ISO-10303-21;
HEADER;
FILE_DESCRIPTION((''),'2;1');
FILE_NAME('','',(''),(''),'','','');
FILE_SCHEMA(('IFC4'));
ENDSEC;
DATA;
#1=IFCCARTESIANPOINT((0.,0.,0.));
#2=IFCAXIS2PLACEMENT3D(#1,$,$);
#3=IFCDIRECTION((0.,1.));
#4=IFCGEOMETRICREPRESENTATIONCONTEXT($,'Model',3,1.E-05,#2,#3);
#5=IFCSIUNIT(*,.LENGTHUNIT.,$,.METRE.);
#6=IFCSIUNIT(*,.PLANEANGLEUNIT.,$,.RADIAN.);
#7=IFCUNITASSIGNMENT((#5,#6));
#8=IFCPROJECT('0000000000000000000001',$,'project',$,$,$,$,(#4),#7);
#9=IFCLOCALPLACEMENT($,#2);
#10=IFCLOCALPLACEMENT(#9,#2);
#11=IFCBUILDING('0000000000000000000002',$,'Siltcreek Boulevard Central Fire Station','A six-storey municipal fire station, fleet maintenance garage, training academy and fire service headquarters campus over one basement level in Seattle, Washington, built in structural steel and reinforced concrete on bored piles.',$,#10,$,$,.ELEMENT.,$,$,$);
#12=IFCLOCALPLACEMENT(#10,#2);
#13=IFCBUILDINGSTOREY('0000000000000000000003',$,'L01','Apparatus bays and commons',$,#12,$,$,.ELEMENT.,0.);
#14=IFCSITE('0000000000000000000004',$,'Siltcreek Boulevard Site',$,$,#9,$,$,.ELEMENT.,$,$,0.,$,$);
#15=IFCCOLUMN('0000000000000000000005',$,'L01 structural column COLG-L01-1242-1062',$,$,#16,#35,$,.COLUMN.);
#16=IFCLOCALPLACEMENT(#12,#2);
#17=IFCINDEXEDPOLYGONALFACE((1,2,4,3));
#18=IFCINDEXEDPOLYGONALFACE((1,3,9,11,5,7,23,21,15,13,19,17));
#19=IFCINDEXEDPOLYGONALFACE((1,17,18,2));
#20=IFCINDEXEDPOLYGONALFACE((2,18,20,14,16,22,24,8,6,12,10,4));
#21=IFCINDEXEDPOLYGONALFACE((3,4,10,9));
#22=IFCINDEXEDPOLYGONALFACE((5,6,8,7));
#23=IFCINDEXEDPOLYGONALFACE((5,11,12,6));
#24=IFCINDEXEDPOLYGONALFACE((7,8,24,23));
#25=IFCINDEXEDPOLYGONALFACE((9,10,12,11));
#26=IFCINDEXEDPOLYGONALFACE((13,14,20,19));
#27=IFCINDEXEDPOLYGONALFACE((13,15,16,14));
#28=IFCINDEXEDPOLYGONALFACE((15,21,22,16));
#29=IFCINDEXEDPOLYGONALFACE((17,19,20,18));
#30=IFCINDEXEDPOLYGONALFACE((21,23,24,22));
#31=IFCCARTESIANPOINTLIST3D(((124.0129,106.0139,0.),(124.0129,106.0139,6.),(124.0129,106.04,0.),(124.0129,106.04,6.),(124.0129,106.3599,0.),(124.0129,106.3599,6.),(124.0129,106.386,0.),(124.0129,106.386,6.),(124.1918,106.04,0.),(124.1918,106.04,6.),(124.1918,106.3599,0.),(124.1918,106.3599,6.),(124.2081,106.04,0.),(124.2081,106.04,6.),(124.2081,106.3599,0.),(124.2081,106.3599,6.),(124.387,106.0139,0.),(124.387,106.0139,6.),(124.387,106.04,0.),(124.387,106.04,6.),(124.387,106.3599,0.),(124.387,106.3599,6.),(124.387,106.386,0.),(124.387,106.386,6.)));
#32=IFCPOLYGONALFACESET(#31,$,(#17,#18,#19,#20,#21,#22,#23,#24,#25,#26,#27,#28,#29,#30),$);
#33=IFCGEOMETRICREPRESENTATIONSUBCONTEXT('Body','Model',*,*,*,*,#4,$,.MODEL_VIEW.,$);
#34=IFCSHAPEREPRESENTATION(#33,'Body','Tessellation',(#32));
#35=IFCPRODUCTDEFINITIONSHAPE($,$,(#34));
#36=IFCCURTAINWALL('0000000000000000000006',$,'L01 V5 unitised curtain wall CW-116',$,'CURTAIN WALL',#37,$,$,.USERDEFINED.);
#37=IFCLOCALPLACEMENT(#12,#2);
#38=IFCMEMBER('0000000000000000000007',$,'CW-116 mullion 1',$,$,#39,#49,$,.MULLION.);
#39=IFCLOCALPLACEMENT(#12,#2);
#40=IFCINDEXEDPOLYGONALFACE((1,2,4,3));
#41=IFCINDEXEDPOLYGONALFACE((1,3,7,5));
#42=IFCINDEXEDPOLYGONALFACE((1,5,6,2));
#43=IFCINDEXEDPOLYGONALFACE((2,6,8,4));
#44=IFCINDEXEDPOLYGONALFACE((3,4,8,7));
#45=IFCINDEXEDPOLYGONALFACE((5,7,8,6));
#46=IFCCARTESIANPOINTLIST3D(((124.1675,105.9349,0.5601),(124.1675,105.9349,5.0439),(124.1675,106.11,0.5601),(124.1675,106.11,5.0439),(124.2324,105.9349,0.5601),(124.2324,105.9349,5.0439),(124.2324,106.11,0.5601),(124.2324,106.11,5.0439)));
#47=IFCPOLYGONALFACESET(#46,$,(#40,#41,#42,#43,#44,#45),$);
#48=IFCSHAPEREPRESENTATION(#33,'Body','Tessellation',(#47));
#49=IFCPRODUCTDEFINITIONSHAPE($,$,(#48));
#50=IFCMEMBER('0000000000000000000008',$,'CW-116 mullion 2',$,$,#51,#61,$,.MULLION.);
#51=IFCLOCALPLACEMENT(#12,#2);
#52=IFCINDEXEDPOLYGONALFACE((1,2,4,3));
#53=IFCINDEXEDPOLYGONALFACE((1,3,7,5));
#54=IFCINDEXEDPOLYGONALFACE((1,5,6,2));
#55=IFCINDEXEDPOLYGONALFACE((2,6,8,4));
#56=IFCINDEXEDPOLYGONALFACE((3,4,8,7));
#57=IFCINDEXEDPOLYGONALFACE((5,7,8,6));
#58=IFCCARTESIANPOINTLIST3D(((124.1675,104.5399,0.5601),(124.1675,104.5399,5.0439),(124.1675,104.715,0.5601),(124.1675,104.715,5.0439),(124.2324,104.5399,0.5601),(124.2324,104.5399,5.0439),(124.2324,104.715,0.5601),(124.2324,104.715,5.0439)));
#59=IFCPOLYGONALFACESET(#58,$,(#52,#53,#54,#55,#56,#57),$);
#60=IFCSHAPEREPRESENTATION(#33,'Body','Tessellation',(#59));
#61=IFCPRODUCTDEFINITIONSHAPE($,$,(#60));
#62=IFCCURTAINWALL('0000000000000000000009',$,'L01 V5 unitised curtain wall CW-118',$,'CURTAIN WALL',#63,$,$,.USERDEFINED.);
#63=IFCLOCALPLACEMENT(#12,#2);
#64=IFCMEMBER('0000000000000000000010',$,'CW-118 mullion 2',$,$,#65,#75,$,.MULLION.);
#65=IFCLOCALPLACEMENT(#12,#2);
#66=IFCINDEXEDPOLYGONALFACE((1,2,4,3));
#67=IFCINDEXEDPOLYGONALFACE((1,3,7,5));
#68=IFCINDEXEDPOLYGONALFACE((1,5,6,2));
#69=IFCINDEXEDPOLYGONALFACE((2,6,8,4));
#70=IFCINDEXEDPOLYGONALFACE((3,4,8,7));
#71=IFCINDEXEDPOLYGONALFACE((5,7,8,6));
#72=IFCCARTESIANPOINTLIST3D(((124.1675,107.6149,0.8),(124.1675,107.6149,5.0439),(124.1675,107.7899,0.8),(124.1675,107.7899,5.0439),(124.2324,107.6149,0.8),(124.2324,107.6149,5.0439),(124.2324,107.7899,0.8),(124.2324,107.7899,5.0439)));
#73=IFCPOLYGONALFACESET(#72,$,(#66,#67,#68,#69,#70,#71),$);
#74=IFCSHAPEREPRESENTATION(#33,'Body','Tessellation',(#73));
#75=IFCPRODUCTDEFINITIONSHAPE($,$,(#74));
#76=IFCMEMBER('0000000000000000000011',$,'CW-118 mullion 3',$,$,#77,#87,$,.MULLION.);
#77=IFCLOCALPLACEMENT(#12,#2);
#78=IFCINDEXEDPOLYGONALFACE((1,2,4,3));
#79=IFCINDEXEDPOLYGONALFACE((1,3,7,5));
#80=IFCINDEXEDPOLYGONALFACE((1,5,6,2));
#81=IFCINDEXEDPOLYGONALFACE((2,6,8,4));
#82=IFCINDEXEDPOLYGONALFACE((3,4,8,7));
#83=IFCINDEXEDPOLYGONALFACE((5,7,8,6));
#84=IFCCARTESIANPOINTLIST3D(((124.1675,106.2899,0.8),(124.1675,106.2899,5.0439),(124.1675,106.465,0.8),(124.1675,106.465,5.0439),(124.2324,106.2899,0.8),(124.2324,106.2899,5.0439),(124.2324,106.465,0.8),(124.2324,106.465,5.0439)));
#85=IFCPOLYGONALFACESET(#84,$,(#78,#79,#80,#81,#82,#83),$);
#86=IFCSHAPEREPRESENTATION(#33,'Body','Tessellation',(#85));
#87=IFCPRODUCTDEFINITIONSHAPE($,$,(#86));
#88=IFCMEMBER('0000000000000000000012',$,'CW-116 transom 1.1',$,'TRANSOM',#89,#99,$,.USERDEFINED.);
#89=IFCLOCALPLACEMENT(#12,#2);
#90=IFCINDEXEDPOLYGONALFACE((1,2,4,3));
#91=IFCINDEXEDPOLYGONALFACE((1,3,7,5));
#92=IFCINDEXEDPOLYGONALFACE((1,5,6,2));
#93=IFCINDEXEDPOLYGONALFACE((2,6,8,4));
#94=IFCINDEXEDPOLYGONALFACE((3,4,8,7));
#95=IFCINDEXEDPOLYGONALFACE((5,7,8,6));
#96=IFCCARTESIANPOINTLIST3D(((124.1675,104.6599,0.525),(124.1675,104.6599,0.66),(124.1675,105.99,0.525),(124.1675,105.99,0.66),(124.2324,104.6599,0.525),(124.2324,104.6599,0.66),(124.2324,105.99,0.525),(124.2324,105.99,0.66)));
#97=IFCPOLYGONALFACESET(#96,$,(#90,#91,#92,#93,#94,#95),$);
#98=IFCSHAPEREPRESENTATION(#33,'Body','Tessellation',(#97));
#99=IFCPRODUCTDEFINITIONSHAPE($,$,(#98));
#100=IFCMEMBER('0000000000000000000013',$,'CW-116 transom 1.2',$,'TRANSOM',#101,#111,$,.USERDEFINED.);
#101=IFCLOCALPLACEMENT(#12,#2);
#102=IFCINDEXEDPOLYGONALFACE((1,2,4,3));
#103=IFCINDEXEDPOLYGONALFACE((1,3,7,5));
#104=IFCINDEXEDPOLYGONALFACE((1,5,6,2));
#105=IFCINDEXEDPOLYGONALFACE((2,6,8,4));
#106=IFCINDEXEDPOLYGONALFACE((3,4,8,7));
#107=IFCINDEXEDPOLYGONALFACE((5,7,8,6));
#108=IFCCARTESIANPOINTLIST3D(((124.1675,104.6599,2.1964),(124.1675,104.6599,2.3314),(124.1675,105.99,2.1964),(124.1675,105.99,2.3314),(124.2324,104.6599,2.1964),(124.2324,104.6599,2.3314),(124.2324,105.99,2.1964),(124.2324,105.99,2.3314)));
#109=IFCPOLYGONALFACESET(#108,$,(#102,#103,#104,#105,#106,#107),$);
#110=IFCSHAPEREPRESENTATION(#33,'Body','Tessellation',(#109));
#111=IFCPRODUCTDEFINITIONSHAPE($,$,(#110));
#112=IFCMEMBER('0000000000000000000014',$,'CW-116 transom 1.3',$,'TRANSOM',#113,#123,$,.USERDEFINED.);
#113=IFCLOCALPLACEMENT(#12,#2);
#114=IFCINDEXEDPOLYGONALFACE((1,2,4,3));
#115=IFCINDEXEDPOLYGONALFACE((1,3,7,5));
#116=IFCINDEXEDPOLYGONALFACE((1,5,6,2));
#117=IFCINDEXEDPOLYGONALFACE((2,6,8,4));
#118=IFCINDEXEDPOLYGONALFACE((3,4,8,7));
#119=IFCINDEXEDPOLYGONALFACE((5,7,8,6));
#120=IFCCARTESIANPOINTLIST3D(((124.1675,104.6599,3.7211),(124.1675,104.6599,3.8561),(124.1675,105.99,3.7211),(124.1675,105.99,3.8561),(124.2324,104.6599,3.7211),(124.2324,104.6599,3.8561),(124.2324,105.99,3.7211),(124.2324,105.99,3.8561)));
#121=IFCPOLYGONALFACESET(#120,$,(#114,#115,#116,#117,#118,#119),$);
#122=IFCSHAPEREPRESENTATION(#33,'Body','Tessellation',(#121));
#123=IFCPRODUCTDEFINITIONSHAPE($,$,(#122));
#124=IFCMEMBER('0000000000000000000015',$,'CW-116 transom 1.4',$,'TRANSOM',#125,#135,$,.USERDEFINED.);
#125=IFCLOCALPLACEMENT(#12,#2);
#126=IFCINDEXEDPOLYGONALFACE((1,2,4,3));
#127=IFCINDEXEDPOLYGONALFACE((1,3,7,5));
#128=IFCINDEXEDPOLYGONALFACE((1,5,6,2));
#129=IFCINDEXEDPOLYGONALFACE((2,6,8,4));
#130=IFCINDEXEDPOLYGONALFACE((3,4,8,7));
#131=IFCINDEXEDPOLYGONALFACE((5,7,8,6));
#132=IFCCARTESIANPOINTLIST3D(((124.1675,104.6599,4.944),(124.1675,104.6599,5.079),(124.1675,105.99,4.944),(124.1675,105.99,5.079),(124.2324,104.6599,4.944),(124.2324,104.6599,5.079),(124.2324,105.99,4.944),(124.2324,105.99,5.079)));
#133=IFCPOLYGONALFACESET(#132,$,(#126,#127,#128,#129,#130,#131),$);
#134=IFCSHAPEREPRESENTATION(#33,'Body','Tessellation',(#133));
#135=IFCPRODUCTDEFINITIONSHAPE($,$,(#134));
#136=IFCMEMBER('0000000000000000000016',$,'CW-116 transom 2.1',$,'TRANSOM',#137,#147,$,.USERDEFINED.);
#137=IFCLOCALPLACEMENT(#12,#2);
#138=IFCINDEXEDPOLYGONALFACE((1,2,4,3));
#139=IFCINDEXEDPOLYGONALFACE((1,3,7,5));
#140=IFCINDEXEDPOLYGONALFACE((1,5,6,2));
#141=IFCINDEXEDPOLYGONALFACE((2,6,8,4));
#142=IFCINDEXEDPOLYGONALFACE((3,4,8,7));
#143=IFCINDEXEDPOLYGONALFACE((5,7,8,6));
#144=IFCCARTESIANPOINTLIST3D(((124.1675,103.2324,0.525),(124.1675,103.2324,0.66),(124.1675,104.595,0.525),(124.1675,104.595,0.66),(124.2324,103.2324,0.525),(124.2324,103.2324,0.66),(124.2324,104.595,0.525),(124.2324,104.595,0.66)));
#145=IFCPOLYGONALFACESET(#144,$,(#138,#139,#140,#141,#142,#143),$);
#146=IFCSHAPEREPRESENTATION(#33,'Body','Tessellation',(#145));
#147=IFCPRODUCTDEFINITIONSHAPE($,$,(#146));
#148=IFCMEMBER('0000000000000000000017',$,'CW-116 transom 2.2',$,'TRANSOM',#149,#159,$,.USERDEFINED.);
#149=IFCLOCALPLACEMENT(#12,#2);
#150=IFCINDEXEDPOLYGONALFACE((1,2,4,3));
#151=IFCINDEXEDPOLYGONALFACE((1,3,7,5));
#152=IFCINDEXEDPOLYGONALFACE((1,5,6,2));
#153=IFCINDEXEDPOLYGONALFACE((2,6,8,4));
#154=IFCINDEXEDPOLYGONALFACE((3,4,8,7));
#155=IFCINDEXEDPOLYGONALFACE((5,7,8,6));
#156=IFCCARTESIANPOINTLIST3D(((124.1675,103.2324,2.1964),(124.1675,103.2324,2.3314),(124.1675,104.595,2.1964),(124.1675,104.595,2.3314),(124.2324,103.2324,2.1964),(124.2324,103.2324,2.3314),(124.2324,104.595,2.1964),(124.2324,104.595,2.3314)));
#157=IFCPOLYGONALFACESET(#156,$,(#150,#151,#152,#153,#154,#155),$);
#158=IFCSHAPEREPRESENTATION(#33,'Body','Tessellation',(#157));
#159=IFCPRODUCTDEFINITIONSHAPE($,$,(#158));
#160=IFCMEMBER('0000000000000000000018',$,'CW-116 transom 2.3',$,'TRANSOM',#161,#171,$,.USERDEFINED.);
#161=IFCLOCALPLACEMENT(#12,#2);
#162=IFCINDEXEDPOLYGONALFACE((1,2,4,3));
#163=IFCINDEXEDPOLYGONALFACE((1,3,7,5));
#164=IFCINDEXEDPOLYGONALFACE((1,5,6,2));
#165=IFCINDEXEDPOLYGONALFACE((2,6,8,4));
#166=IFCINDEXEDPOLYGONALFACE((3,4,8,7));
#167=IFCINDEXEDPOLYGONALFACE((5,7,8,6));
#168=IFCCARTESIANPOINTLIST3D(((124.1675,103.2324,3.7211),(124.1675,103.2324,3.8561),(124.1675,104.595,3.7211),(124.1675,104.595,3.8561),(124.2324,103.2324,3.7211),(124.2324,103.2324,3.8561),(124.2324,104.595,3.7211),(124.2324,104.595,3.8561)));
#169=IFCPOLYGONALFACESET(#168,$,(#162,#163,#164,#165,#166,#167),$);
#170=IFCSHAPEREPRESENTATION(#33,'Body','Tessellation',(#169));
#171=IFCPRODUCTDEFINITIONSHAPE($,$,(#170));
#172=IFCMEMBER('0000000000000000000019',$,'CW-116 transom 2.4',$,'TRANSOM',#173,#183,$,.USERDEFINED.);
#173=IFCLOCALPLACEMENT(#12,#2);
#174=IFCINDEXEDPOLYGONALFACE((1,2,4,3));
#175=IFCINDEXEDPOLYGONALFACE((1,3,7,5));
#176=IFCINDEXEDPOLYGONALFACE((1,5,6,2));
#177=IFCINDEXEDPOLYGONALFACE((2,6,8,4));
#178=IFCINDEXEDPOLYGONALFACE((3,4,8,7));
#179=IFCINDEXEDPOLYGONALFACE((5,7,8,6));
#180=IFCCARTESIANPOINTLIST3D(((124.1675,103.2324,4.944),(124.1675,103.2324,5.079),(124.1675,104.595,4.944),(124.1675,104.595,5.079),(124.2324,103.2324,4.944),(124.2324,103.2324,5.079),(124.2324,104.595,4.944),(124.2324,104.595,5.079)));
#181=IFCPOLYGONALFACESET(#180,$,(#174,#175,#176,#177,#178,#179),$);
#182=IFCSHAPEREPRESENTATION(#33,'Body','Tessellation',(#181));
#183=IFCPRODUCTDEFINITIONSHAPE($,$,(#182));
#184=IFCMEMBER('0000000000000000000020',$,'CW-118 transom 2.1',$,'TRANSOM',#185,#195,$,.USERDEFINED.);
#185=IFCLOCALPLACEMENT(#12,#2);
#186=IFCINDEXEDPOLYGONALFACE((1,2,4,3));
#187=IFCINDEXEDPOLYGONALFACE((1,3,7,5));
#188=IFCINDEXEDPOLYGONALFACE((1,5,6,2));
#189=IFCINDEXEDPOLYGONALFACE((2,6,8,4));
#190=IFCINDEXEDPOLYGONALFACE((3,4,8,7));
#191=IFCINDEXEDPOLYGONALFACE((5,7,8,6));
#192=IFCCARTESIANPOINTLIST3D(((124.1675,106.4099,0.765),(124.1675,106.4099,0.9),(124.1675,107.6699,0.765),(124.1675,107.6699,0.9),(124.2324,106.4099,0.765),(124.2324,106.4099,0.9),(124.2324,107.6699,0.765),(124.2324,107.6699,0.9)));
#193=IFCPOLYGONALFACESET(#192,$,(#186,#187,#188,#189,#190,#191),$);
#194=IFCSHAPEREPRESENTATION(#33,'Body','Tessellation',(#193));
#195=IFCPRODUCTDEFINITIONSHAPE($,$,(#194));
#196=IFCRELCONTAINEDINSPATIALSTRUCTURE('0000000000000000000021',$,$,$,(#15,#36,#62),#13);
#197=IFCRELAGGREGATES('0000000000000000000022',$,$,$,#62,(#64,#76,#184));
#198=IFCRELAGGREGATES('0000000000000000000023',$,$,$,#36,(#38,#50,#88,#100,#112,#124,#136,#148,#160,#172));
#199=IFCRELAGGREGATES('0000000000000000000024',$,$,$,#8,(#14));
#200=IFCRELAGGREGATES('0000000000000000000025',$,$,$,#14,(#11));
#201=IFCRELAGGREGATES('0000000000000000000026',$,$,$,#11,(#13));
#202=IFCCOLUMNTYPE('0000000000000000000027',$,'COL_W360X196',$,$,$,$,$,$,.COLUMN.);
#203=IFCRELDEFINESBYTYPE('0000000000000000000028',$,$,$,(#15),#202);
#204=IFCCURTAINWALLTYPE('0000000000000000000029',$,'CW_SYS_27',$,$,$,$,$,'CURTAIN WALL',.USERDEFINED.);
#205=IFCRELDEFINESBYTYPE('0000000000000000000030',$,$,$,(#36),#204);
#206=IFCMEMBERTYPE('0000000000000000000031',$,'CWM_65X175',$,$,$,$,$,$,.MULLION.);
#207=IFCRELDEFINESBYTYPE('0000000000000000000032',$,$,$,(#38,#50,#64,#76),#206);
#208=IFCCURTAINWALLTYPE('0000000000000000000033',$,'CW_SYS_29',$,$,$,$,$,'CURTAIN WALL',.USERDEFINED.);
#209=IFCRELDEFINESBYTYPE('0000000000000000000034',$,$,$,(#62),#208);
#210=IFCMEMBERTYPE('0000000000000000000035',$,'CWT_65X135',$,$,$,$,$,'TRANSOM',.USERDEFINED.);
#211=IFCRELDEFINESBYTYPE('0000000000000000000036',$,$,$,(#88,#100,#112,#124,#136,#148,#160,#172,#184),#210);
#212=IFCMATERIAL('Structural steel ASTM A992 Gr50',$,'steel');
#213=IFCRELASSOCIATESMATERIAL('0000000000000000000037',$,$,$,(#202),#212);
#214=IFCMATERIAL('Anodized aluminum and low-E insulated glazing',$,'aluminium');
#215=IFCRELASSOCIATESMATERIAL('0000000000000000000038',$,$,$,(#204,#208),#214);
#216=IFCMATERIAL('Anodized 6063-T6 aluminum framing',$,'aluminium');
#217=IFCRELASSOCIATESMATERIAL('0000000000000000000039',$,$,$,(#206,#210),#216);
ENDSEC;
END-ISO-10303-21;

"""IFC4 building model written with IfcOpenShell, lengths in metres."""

from ifc_helpers import new_model, si_unit, direction, frame, origin, origin_2d, place, context, subcontext, project, spatial, rectangle, i_section, extrude, material, material_profile, profile_set, type_object, element, aggregate, save


model = new_model("IFC4")

# Units and contexts
model_context = context("Model", 3, precision=1e-05, world=origin(), true_north=direction((0.0, 1.0)))
body_context = subcontext(model_context, "Body", "Model", "MODEL_VIEW")
ifc_project = project(units=[si_unit("LENGTHUNIT", "METRE"), si_unit("PLANEANGLEUNIT", "RADIAN")], contexts=[model_context])

# Site, building, storey
site_placement = place(None, origin())
site = spatial("IfcSite", under=ifc_project, at=site_placement, Name="Siltcreek Boulevard Site", CompositionType="ELEMENT", RefElevation=0.0)
building_placement = place(site_placement, origin())
building = spatial("IfcBuilding", under=site, at=building_placement, Name="Siltcreek Boulevard Central Fire Station", Description="A six-storey municipal fire station, fleet maintenance garage, training academy and fire service headquarters campus over one basement level in Seattle, Washington, built in structural steel and reinforced concrete on bored piles.", CompositionType="ELEMENT")
storey_placement = place(building_placement, origin())
storey = spatial("IfcBuildingStorey", under=building, at=storey_placement, Name="L01", Description="Apparatus bays and commons", CompositionType="ELEMENT", Elevation=0.0)

# Column
ifc_material_1 = material(Name="Structural steel ASTM A992 Gr50", Category="steel")
ifc_material_profile_1 = material_profile(ifc_material_1, i_section(OverallWidth=0.374, OverallDepth=0.3721, WebThickness=0.0164, FlangeThickness=0.0261, at=origin_2d()), Name="W360X196")
ifc_profile_set_1 = profile_set([ifc_material_profile_1], Name="Structural steel ASTM A992 Gr50")
column_type = type_object("IfcColumnType", Name="COL_W360X196", PredefinedType="COLUMN", material=ifc_profile_set_1)
column_placement = place(storey_placement, frame((124.2, 106.2, 0.0), z_axis=(0.0, 0.0, 1.0), x_axis=(1.0, 0.0, 0.0)))
element("IfcColumn", 1, at=column_placement, inside=storey, type_object=column_type, Name="L01 structural column COLG-L01-1242-1062", PredefinedType="COLUMN", context=body_context, shape_type="SweptSolid", body=[
    extrude(i_section(OverallWidth=0.374, OverallDepth=0.3721, WebThickness=0.0164, FlangeThickness=0.0261, at=origin_2d()), origin(), (0.0, 0.0, 1.0), 6.0),
])

# Curtain walls, members
ifc_material_2 = material(Name="Anodized aluminum and low-E insulated glazing", Category="aluminium")
curtain_wall_type_1 = type_object("IfcCurtainWallType", Name="CW_SYS_27", ElementType="CURTAIN WALL", PredefinedType="USERDEFINED", material=ifc_material_2)
curtain_wall_1_placement = place(storey_placement, origin())
curtain_wall_1 = element("IfcCurtainWall", 2, at=curtain_wall_1_placement, inside=storey, type_object=curtain_wall_type_1, Name="L01 V5 unitised curtain wall CW-116", ObjectType="CURTAIN WALL", PredefinedType="USERDEFINED")
ifc_material_3 = material(Name="Anodized 6063-T6 aluminum framing", Category="aluminium")
ifc_material_profile_2 = material_profile(ifc_material_3, rectangle(XDim=0.0649, YDim=0.175, at=origin_2d()), Name="MULL65X175")
ifc_profile_set_2 = profile_set([ifc_material_profile_2], Name="Anodized 6063-T6 aluminum framing")
member_type_1 = type_object("IfcMemberType", Name="CWM_65X175", PredefinedType="MULLION", material=ifc_profile_set_2)
member_1_placement = place(storey_placement, frame((124.2, 106.0225, 0.5601), z_axis=(0.0, 0.0, 1.0), x_axis=(1.0, 0.0, 0.0)))
member_1 = element("IfcMember", 3, at=member_1_placement, type_object=member_type_1, Name="CW-116 mullion 1", PredefinedType="MULLION", context=body_context, shape_type="SweptSolid", body=[
    extrude(rectangle(XDim=0.0649, YDim=0.175, at=origin_2d()), origin(), (0.0, 0.0, 1.0), 4.4839),
])
member_2_placement = place(storey_placement, frame((124.2, 104.6274, 0.5601), z_axis=(0.0, 0.0, 1.0), x_axis=(1.0, 0.0, 0.0)))
member_2 = element("IfcMember", 4, at=member_2_placement, type_object=member_type_1, Name="CW-116 mullion 2", PredefinedType="MULLION", context=body_context, shape_type="SweptSolid", body=[
    extrude(rectangle(XDim=0.0649, YDim=0.175, at=origin_2d()), origin(), (0.0, 0.0, 1.0), 4.4839),
])
curtain_wall_type_2 = type_object("IfcCurtainWallType", Name="CW_SYS_29", ElementType="CURTAIN WALL", PredefinedType="USERDEFINED", material=ifc_material_2)
curtain_wall_2_placement = place(storey_placement, origin())
curtain_wall_2 = element("IfcCurtainWall", 5, at=curtain_wall_2_placement, inside=storey, type_object=curtain_wall_type_2, Name="L01 V5 unitised curtain wall CW-118", ObjectType="CURTAIN WALL", PredefinedType="USERDEFINED")
member_3_placement = place(storey_placement, frame((124.2, 107.7024, 0.8), z_axis=(0.0, 0.0, 1.0), x_axis=(1.0, 0.0, 0.0)))
member_3 = element("IfcMember", 6, at=member_3_placement, type_object=member_type_1, Name="CW-118 mullion 2", PredefinedType="MULLION", context=body_context, shape_type="SweptSolid", body=[
    extrude(rectangle(XDim=0.0649, YDim=0.175, at=origin_2d()), origin(), (0.0, 0.0, 1.0), 4.2439),
])
member_4_placement = place(storey_placement, frame((124.2, 106.3774, 0.8), z_axis=(0.0, 0.0, 1.0), x_axis=(1.0, 0.0, 0.0)))
member_4 = element("IfcMember", 7, at=member_4_placement, type_object=member_type_1, Name="CW-118 mullion 3", PredefinedType="MULLION", context=body_context, shape_type="SweptSolid", body=[
    extrude(rectangle(XDim=0.0649, YDim=0.175, at=origin_2d()), origin(), (0.0, 0.0, 1.0), 4.2439),
])

# Members
ifc_material_profile_3 = material_profile(ifc_material_3, rectangle(XDim=0.0649, YDim=0.135, at=origin_2d()), Name="TRAN65X135")
ifc_profile_set_3 = profile_set([ifc_material_profile_3], Name="Anodized 6063-T6 aluminum framing")
member_type_2 = type_object("IfcMemberType", Name="CWT_65X135", ElementType="TRANSOM", PredefinedType="USERDEFINED", material=ifc_profile_set_3)
member_5_placement = place(storey_placement, frame((124.2, 105.99, 0.5925), z_axis=(0.0, -1.0, 0.0), x_axis=(1.0, 0.0, 0.0)))
member_5 = element("IfcMember", 8, at=member_5_placement, type_object=member_type_2, Name="CW-116 transom 1.1", ObjectType="TRANSOM", PredefinedType="USERDEFINED", context=body_context, shape_type="SweptSolid", body=[
    extrude(rectangle(XDim=0.0649, YDim=0.135, at=origin_2d()), origin(), (0.0, 0.0, 1.0), 1.3301),
])
member_6_placement = place(storey_placement, frame((124.2, 105.99, 2.2639), z_axis=(0.0, -1.0, 0.0), x_axis=(1.0, 0.0, 0.0)))
member_6 = element("IfcMember", 9, at=member_6_placement, type_object=member_type_2, Name="CW-116 transom 1.2", ObjectType="TRANSOM", PredefinedType="USERDEFINED", context=body_context, shape_type="SweptSolid", body=[
    extrude(rectangle(XDim=0.0649, YDim=0.135, at=origin_2d()), origin(), (0.0, 0.0, 1.0), 1.3301),
])
member_7_placement = place(storey_placement, frame((124.2, 105.99, 3.7886), z_axis=(0.0, -1.0, 0.0), x_axis=(1.0, 0.0, 0.0)))
member_7 = element("IfcMember", 10, at=member_7_placement, type_object=member_type_2, Name="CW-116 transom 1.3", ObjectType="TRANSOM", PredefinedType="USERDEFINED", context=body_context, shape_type="SweptSolid", body=[
    extrude(rectangle(XDim=0.0649, YDim=0.135, at=origin_2d()), origin(), (0.0, 0.0, 1.0), 1.3301),
])
member_8_placement = place(storey_placement, frame((124.2, 105.99, 5.0115), z_axis=(0.0, -1.0, 0.0), x_axis=(1.0, 0.0, 0.0)))
member_8 = element("IfcMember", 11, at=member_8_placement, type_object=member_type_2, Name="CW-116 transom 1.4", ObjectType="TRANSOM", PredefinedType="USERDEFINED", context=body_context, shape_type="SweptSolid", body=[
    extrude(rectangle(XDim=0.0649, YDim=0.135, at=origin_2d()), origin(), (0.0, 0.0, 1.0), 1.3301),
])
member_9_placement = place(storey_placement, frame((124.2, 104.595, 0.5925), z_axis=(0.0, -1.0, 0.0), x_axis=(1.0, 0.0, 0.0)))
member_9 = element("IfcMember", 12, at=member_9_placement, type_object=member_type_2, Name="CW-116 transom 2.1", ObjectType="TRANSOM", PredefinedType="USERDEFINED", context=body_context, shape_type="SweptSolid", body=[
    extrude(rectangle(XDim=0.0649, YDim=0.135, at=origin_2d()), origin(), (0.0, 0.0, 1.0), 1.3625),
])
member_10_placement = place(storey_placement, frame((124.2, 104.595, 2.2639), z_axis=(0.0, -1.0, 0.0), x_axis=(1.0, 0.0, 0.0)))
member_10 = element("IfcMember", 13, at=member_10_placement, type_object=member_type_2, Name="CW-116 transom 2.2", ObjectType="TRANSOM", PredefinedType="USERDEFINED", context=body_context, shape_type="SweptSolid", body=[
    extrude(rectangle(XDim=0.0649, YDim=0.135, at=origin_2d()), origin(), (0.0, 0.0, 1.0), 1.3625),
])
member_11_placement = place(storey_placement, frame((124.2, 104.595, 3.7886), z_axis=(0.0, -1.0, 0.0), x_axis=(1.0, 0.0, 0.0)))
member_11 = element("IfcMember", 14, at=member_11_placement, type_object=member_type_2, Name="CW-116 transom 2.3", ObjectType="TRANSOM", PredefinedType="USERDEFINED", context=body_context, shape_type="SweptSolid", body=[
    extrude(rectangle(XDim=0.0649, YDim=0.135, at=origin_2d()), origin(), (0.0, 0.0, 1.0), 1.3625),
])
member_12_placement = place(storey_placement, frame((124.2, 104.595, 5.0115), z_axis=(0.0, -1.0, 0.0), x_axis=(1.0, 0.0, 0.0)))
member_12 = element("IfcMember", 15, at=member_12_placement, type_object=member_type_2, Name="CW-116 transom 2.4", ObjectType="TRANSOM", PredefinedType="USERDEFINED", context=body_context, shape_type="SweptSolid", body=[
    extrude(rectangle(XDim=0.0649, YDim=0.135, at=origin_2d()), origin(), (0.0, 0.0, 1.0), 1.3625),
])
member_13_placement = place(storey_placement, frame((124.2, 107.6699, 0.8325), z_axis=(0.0, -1.0, 0.0), x_axis=(1.0, 0.0, 0.0)))
member_13 = element("IfcMember", 16, at=member_13_placement, type_object=member_type_2, Name="CW-118 transom 2.1", ObjectType="TRANSOM", PredefinedType="USERDEFINED", context=body_context, shape_type="SweptSolid", body=[
    extrude(rectangle(XDim=0.0649, YDim=0.135, at=origin_2d()), origin(), (0.0, 0.0, 1.0), 1.26),
])

aggregate(curtain_wall_2, [member_3, member_4, member_13])
aggregate(curtain_wall_1, [member_1, member_2, member_5, member_6, member_7, member_8, member_9, member_10, member_11, member_12])

save(model, "model.ifc")
